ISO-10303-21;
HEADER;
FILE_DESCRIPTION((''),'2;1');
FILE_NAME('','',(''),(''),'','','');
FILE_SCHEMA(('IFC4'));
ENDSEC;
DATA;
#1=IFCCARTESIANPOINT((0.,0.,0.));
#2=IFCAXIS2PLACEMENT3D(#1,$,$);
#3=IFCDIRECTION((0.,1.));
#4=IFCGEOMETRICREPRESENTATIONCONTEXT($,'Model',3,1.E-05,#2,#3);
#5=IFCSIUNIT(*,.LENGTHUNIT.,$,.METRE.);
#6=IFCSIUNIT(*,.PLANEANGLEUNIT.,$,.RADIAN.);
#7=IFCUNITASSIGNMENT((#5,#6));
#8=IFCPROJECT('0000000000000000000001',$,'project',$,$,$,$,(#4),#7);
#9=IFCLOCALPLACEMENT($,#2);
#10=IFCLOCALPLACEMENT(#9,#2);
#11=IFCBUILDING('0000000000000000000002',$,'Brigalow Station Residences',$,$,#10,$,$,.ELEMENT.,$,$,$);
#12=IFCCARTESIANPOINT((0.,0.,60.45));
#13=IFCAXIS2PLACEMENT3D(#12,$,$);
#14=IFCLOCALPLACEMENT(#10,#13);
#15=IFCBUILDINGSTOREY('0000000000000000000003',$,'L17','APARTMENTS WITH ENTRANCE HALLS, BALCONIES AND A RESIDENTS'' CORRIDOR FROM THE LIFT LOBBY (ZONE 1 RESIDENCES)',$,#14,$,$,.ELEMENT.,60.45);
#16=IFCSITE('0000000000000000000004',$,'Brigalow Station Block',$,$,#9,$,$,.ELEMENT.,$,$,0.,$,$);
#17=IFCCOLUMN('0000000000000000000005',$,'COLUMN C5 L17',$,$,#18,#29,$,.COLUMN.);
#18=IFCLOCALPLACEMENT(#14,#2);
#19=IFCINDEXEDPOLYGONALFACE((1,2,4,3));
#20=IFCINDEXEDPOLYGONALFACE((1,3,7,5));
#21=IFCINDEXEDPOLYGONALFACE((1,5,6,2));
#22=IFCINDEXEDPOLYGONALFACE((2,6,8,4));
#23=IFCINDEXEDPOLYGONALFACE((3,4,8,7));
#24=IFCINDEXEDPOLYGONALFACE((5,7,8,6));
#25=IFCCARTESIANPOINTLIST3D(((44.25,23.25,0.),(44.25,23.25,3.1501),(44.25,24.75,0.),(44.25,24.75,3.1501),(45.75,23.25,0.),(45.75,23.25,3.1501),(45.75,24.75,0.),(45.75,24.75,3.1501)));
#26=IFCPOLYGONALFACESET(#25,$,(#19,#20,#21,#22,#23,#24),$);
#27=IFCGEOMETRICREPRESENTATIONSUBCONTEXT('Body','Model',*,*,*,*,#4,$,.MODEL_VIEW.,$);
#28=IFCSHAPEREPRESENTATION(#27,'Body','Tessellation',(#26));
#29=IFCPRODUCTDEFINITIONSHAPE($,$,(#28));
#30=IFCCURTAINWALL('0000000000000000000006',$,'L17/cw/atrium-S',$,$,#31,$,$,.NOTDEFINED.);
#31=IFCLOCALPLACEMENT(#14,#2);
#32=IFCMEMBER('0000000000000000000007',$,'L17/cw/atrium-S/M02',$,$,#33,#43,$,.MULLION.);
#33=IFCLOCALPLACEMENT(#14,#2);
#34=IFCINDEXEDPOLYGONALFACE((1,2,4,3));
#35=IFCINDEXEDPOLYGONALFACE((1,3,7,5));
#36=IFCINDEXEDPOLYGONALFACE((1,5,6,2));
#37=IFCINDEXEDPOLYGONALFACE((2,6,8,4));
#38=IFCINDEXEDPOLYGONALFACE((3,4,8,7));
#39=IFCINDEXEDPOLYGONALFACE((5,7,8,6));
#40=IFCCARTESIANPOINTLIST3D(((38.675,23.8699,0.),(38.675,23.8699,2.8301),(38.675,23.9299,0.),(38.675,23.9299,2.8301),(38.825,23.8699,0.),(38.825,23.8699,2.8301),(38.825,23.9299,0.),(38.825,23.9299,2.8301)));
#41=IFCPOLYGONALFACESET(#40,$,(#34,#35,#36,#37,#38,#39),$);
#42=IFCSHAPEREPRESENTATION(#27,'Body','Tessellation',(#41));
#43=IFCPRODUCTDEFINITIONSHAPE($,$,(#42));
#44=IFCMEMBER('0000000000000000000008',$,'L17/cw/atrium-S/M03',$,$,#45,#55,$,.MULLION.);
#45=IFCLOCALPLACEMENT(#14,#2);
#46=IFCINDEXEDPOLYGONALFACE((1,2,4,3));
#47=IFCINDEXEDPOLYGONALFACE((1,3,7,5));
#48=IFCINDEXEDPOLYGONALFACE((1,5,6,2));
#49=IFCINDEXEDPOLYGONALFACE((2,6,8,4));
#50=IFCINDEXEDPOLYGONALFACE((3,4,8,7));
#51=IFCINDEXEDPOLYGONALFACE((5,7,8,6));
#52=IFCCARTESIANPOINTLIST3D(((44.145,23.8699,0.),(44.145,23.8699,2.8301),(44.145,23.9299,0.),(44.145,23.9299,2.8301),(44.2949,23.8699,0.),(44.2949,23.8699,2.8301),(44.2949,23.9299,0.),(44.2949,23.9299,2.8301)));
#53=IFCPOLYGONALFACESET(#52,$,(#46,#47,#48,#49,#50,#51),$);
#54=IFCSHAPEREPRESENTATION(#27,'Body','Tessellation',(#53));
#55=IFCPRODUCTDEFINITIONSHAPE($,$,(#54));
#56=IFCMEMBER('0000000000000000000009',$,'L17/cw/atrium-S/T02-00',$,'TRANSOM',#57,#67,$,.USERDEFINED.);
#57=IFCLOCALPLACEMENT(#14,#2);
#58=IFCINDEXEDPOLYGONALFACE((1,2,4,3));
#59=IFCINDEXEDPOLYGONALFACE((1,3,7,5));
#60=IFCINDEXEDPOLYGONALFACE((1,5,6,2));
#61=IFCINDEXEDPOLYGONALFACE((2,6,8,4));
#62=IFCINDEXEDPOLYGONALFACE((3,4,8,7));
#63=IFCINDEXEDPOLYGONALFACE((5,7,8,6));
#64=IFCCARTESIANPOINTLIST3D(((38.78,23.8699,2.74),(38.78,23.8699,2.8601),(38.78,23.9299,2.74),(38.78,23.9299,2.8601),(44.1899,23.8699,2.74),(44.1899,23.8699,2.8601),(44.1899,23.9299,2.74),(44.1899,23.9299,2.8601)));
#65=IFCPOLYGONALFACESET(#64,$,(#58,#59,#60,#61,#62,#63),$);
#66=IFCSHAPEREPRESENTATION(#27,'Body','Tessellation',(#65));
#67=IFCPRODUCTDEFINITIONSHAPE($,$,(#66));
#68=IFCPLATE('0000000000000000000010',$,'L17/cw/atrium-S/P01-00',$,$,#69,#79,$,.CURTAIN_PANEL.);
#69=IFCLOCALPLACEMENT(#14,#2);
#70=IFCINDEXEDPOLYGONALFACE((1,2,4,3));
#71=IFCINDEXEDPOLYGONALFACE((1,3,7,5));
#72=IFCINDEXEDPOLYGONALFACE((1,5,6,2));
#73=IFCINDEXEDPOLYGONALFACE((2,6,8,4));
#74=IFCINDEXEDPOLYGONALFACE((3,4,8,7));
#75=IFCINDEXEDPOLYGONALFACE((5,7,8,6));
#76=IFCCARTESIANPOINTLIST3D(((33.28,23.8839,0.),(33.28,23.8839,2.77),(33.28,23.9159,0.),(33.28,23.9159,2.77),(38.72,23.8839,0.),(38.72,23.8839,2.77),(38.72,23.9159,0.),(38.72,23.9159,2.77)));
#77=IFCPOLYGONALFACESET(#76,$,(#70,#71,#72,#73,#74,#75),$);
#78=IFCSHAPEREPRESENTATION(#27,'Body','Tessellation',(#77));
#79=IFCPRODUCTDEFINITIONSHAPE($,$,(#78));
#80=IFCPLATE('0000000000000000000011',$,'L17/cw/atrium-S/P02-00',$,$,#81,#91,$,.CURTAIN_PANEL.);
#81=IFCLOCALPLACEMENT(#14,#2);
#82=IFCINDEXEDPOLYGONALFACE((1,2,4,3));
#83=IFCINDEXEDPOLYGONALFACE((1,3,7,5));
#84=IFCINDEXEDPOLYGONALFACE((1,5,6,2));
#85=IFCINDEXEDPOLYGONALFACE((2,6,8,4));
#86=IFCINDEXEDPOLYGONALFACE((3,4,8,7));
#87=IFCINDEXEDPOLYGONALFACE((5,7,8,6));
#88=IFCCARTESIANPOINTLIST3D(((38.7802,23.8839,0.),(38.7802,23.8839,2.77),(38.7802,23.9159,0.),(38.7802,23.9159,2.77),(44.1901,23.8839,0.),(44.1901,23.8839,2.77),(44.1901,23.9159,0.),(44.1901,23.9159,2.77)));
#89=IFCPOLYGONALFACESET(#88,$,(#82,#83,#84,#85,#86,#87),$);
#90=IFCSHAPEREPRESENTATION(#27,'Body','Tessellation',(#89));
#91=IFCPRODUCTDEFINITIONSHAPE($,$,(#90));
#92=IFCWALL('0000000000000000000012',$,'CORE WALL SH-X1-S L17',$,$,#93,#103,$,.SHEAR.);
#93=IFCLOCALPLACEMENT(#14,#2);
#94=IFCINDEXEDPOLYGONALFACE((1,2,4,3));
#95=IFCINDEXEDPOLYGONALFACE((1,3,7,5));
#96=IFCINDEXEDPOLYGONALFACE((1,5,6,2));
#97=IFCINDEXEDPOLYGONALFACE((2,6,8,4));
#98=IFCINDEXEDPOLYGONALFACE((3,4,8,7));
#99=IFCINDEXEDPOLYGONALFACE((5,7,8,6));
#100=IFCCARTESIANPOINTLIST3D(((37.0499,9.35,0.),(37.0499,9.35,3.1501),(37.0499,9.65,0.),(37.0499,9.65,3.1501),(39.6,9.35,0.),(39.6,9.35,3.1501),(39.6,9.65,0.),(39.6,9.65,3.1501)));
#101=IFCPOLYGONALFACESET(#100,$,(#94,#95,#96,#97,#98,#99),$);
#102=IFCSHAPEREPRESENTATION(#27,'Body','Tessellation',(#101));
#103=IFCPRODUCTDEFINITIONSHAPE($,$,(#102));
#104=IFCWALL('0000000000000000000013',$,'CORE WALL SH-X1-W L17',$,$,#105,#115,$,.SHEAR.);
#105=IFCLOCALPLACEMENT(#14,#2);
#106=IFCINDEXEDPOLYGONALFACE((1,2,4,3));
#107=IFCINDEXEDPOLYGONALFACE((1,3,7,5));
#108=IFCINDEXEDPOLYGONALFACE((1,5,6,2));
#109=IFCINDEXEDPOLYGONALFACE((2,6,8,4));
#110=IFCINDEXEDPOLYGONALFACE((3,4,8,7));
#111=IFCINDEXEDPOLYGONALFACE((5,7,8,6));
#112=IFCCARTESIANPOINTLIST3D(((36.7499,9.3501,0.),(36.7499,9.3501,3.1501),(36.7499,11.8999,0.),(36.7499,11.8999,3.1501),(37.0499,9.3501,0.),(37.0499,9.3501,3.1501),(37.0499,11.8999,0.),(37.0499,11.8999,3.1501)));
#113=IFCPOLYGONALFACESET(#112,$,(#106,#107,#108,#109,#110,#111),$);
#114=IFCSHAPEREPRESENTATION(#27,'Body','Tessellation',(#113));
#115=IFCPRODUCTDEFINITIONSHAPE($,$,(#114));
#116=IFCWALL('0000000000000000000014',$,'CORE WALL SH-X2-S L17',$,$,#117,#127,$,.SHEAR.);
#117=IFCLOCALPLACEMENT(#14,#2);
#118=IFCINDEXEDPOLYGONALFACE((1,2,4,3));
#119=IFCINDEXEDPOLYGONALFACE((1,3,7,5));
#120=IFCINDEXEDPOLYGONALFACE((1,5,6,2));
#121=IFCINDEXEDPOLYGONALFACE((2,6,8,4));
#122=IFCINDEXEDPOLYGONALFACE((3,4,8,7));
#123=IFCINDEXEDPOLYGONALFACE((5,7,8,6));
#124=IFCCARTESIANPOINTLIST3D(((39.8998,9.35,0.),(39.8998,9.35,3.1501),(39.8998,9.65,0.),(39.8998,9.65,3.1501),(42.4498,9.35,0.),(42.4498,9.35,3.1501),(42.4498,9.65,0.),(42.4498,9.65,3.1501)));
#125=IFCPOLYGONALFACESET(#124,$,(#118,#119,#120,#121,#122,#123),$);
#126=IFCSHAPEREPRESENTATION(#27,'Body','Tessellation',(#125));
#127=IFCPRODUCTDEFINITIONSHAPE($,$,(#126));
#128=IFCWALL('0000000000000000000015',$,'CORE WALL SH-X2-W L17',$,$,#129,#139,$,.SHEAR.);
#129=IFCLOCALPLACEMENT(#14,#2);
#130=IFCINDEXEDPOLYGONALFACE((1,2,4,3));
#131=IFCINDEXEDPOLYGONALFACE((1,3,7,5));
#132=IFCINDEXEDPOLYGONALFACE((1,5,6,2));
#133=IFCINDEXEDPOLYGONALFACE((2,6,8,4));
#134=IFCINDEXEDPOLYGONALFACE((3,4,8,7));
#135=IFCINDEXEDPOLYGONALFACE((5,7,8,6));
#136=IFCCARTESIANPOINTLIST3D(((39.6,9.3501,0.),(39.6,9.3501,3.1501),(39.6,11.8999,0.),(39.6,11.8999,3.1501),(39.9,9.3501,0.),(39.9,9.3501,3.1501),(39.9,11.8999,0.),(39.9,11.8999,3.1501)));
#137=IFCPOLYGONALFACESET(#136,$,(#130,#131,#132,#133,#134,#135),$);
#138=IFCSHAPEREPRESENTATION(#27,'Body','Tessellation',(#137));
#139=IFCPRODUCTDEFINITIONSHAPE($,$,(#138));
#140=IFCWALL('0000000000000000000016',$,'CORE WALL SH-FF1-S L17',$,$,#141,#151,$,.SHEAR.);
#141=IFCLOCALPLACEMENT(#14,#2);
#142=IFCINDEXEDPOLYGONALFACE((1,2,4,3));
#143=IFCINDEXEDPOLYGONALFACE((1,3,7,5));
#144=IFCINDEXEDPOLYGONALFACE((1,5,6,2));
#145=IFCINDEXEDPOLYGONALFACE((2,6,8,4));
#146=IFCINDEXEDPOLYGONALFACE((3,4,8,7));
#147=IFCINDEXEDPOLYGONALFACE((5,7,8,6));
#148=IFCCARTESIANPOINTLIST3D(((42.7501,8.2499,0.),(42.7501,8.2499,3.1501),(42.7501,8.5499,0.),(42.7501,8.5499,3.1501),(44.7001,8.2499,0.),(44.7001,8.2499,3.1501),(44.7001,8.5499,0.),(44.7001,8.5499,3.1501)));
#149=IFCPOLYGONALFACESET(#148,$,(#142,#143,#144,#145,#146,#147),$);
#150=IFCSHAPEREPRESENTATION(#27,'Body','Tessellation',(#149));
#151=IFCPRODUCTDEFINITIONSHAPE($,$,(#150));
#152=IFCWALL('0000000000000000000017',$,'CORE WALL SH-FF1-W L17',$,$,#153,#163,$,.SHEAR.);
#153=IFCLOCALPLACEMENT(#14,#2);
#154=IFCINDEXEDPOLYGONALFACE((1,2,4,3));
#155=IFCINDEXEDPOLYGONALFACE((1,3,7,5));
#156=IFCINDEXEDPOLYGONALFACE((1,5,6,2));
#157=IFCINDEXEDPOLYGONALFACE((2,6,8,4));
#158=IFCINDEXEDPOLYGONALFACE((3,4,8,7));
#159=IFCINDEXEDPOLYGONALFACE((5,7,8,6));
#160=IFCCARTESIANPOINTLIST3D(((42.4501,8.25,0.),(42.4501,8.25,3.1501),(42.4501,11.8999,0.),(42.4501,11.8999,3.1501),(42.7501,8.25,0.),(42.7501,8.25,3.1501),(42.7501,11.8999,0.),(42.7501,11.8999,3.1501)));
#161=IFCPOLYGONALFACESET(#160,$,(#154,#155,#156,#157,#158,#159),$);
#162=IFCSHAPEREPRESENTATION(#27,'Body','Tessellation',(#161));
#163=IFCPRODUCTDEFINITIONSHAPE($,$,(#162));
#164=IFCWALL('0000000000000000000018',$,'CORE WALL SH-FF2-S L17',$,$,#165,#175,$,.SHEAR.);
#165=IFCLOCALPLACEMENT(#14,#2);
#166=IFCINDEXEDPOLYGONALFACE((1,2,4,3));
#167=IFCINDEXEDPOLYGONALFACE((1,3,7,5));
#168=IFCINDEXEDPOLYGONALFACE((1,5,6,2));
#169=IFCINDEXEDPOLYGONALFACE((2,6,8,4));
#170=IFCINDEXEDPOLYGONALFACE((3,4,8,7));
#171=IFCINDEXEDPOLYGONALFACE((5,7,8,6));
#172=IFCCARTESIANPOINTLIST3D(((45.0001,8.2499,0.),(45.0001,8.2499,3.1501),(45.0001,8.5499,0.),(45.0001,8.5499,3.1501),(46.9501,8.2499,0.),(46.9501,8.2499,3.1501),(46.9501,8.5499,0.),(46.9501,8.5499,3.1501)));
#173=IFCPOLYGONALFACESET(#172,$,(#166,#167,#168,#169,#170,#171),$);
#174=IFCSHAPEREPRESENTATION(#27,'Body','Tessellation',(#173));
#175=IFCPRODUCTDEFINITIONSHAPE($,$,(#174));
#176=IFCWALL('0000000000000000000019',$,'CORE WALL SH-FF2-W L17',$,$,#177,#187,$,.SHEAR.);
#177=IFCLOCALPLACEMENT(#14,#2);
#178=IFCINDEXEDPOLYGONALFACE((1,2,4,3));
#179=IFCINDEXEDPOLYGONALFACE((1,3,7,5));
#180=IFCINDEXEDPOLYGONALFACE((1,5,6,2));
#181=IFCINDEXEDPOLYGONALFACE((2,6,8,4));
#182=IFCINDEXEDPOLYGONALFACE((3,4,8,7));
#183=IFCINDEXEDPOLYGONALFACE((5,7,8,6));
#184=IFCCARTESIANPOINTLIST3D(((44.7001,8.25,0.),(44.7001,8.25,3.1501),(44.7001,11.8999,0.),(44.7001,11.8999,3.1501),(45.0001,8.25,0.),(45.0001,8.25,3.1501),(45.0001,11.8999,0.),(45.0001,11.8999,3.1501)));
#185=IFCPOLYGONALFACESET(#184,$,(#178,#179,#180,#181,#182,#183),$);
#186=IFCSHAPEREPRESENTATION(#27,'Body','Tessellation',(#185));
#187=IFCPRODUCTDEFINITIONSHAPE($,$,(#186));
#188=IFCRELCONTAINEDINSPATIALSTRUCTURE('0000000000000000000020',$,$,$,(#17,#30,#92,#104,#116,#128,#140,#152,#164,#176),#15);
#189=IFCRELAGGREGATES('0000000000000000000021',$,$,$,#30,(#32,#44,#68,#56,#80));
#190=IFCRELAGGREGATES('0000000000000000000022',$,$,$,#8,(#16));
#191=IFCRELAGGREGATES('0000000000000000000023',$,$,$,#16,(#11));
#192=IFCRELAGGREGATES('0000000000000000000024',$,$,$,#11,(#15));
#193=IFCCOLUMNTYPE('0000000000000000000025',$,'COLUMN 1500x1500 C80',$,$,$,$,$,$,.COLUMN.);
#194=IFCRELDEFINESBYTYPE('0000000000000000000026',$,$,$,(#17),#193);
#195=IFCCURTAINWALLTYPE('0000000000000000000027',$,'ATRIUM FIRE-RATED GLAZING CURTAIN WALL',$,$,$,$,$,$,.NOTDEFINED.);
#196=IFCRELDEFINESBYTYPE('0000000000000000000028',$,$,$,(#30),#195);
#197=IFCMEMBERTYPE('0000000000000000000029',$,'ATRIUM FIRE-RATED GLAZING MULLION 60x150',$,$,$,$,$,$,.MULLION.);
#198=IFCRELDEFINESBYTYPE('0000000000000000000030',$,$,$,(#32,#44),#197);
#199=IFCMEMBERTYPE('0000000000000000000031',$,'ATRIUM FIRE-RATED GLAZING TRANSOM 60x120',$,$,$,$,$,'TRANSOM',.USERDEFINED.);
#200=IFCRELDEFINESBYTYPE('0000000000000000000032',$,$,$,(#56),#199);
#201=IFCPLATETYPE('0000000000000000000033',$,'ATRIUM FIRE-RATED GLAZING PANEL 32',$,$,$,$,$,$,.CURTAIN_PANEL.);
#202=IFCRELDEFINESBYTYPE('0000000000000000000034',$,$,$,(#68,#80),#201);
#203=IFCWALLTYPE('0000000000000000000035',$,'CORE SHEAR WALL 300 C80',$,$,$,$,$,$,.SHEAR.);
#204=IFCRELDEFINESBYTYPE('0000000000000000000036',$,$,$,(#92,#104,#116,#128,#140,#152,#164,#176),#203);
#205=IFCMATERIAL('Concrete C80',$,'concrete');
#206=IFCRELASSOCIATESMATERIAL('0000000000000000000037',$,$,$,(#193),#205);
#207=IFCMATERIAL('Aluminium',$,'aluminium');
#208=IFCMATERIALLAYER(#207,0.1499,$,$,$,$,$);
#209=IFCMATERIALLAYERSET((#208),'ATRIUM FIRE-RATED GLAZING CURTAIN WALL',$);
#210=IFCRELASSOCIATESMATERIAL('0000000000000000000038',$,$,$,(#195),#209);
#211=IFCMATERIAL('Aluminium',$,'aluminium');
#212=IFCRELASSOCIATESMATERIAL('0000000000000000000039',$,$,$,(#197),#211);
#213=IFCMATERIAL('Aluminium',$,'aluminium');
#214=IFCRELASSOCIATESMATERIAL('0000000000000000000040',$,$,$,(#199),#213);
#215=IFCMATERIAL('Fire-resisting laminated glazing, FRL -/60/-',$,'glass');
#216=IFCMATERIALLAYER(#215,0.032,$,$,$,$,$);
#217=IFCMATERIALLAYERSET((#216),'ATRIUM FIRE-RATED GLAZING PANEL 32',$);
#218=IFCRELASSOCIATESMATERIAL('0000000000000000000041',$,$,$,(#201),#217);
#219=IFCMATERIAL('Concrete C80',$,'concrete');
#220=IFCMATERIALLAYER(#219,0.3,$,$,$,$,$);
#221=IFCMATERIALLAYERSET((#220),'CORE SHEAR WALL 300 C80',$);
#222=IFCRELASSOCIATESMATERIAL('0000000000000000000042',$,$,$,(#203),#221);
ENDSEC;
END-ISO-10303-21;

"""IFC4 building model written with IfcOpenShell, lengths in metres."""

from ifc_helpers import new_model, si_unit, direction, frame, frame_2d, origin, origin_2d, place, context, subcontext, project, spatial, rectangle, extrude, material, layer, layer_set, material_profile, profile_set, type_object, element, aggregate, save


model = new_model("IFC4")

# Units and contexts
model_context = context("Model", 3, precision=1e-05, world=origin(), true_north=direction((0.0, 1.0)))
body_context = subcontext(model_context, "Body", "Model", "MODEL_VIEW")
ifc_project = project(units=[si_unit("LENGTHUNIT", "METRE"), si_unit("PLANEANGLEUNIT", "RADIAN")], contexts=[model_context])

# Site, building, storey
site_placement = place(None, origin())
site = spatial("IfcSite", under=ifc_project, at=site_placement, Name="Brigalow Station Block", CompositionType="ELEMENT", RefElevation=0.0)
building_placement = place(site_placement, origin())
building = spatial("IfcBuilding", under=site, at=building_placement, Name="Brigalow Station Residences", CompositionType="ELEMENT")
storey_placement = place(building_placement, frame((0.0, 0.0, 60.45)))
storey = spatial("IfcBuildingStorey", under=building, at=storey_placement, Name="L17", Description="APARTMENTS WITH ENTRANCE HALLS, BALCONIES AND A RESIDENTS' CORRIDOR FROM THE LIFT LOBBY (ZONE 1 RESIDENCES)", CompositionType="ELEMENT", Elevation=60.45)

# Column
ifc_material_1 = material(Name="Concrete C80", Category="concrete")
ifc_material_profile_1 = material_profile(ifc_material_1, rectangle(XDim=1.5, YDim=1.5, at=origin_2d()), Name="RC1500x1500")
ifc_profile_set_1 = profile_set([ifc_material_profile_1], Name="Concrete C80")
column_type = type_object("IfcColumnType", Name="COLUMN 1500x1500 C80", PredefinedType="COLUMN", material=ifc_profile_set_1)
column_placement = place(storey_placement, frame((45.0, 24.0, 0.0), z_axis=(0.0, 0.0, 1.0), x_axis=(1.0, 0.0, 0.0)))
element("IfcColumn", 1, at=column_placement, inside=storey, type_object=column_type, Name="COLUMN C5 L17", PredefinedType="COLUMN", context=body_context, shape_type="SweptSolid", body=[
    extrude(rectangle(XDim=1.5, YDim=1.5, at=origin_2d()), origin(), (0.0, 0.0, 1.0), 3.1501),
])

# Curtain wall, members, plates
ifc_material_2 = material(Name="Aluminium", Category="aluminium")
ifc_layer_1 = layer(ifc_material_2, 0.1499)
ifc_layer_set_1 = layer_set([ifc_layer_1], Name="ATRIUM FIRE-RATED GLAZING CURTAIN WALL")
curtain_wall_type = type_object("IfcCurtainWallType", Name="ATRIUM FIRE-RATED GLAZING CURTAIN WALL", PredefinedType="NOTDEFINED", material=ifc_layer_set_1)
curtain_wall_placement = place(storey_placement, origin())
curtain_wall = element("IfcCurtainWall", 2, at=curtain_wall_placement, inside=storey, type_object=curtain_wall_type, Name="L17/cw/atrium-S", PredefinedType="NOTDEFINED")
ifc_material_3 = material(Name="Aluminium", Category="aluminium")
ifc_material_profile_2 = material_profile(ifc_material_3, rectangle(XDim=0.0601, YDim=0.1499, at=origin_2d()), Name="ATRIUM FIRE-RATED GLAZING MULLION 60x150")
ifc_profile_set_2 = profile_set([ifc_material_profile_2], Name="Aluminium")
member_type_1 = type_object("IfcMemberType", Name="ATRIUM FIRE-RATED GLAZING MULLION 60x150", PredefinedType="MULLION", material=ifc_profile_set_2)
member_1_placement = place(storey_placement, frame((38.75, 23.8999, 0.0), z_axis=(0.0, 0.0, 1.0), x_axis=(0.0, 1.0, 0.0)))
member_1 = element("IfcMember", 3, at=member_1_placement, type_object=member_type_1, Name="L17/cw/atrium-S/M02", PredefinedType="MULLION", context=body_context, shape_type="SweptSolid", body=[
    extrude(rectangle(XDim=0.0601, YDim=0.1499, at=origin_2d()), origin(), (0.0, 0.0, 1.0), 2.8301),
])
member_2_placement = place(storey_placement, frame((44.22, 23.8999, 0.0), z_axis=(0.0, 0.0, 1.0), x_axis=(0.0, 1.0, 0.0)))
member_2 = element("IfcMember", 4, at=member_2_placement, type_object=member_type_1, Name="L17/cw/atrium-S/M03", PredefinedType="MULLION", context=body_context, shape_type="SweptSolid", body=[
    extrude(rectangle(XDim=0.0601, YDim=0.1499, at=origin_2d()), origin(), (0.0, 0.0, 1.0), 2.8301),
])
ifc_material_4 = material(Name="Aluminium", Category="aluminium")
ifc_material_profile_3 = material_profile(ifc_material_4, rectangle(XDim=0.0601, YDim=0.1201, at=origin_2d()), Name="ATRIUM FIRE-RATED GLAZING TRANSOM 60x120")
ifc_profile_set_3 = profile_set([ifc_material_profile_3], Name="Aluminium")
member_type_2 = type_object("IfcMemberType", Name="ATRIUM FIRE-RATED GLAZING TRANSOM 60x120", ElementType="TRANSOM", PredefinedType="USERDEFINED", material=ifc_profile_set_3)
member_3_placement = place(storey_placement, frame((38.78, 23.8999, 2.8), z_axis=(1.0, 0.0, 0.0), x_axis=(0.0, 1.0, 0.0)))
member_3 = element("IfcMember", 5, at=member_3_placement, type_object=member_type_2, Name="L17/cw/atrium-S/T02-00", ObjectType="TRANSOM", PredefinedType="USERDEFINED", context=body_context, shape_type="SweptSolid", body=[
    extrude(rectangle(XDim=0.0601, YDim=0.1201, at=origin_2d()), origin(), (0.0, 0.0, 1.0), 5.4099),
])
ifc_material_5 = material(Name="Fire-resisting laminated glazing, FRL -/60/-", Category="glass")
ifc_layer_2 = layer(ifc_material_5, 0.032)
ifc_layer_set_2 = layer_set([ifc_layer_2], Name="ATRIUM FIRE-RATED GLAZING PANEL 32")
plate_type = type_object("IfcPlateType", Name="ATRIUM FIRE-RATED GLAZING PANEL 32", PredefinedType="CURTAIN_PANEL", material=ifc_layer_set_2)
plate_1_placement = place(storey_placement, frame((36.0, 23.8999, 0.0), z_axis=(0.0, 0.0, 1.0), x_axis=(1.0, 0.0, 0.0)))
plate_1 = element("IfcPlate", 6, at=plate_1_placement, type_object=plate_type, Name="L17/cw/atrium-S/P01-00", PredefinedType="CURTAIN_PANEL", context=body_context, shape_type="SweptSolid", body=[
    extrude(rectangle(XDim=5.4399, YDim=0.032, at=origin_2d()), origin(), (0.0, 0.0, 1.0), 2.77),
])
plate_2_placement = place(storey_placement, frame((41.4851, 23.8999, 0.0), z_axis=(0.0, 0.0, 1.0), x_axis=(1.0, 0.0, 0.0)))
plate_2 = element("IfcPlate", 7, at=plate_2_placement, type_object=plate_type, Name="L17/cw/atrium-S/P02-00", PredefinedType="CURTAIN_PANEL", context=body_context, shape_type="SweptSolid", body=[
    extrude(rectangle(XDim=5.4099, YDim=0.032, at=origin_2d()), origin(), (0.0, 0.0, 1.0), 2.77),
])
aggregate(curtain_wall, [member_1, member_2, plate_1, member_3, plate_2])

# Walls
ifc_material_6 = material(Name="Concrete C80", Category="concrete")
ifc_layer_3 = layer(ifc_material_6, 0.3)
ifc_layer_set_3 = layer_set([ifc_layer_3], Name="CORE SHEAR WALL 300 C80")
wall_type_1 = type_object("IfcWallType", Name="CORE SHEAR WALL 300 C80", PredefinedType="SHEAR", material=ifc_layer_set_3)
wall_1_placement = place(storey_placement, frame((37.05, 9.5, 0.0), z_axis=(0.0, 0.0, 1.0), x_axis=(1.0, 0.0, 0.0)))
element("IfcWall", 8, at=wall_1_placement, inside=storey, type_object=wall_type_1, Name="CORE WALL SH-X1-S L17", PredefinedType="SHEAR", context=body_context, shape_type="SweptSolid", body=[
    extrude(rectangle(XDim=2.55, YDim=0.3, at=frame_2d((1.2749, 0.0))), origin(), (0.0, 0.0, 1.0), 3.1501),
])
wall_2_placement = place(storey_placement, frame((36.8999, 9.3501, 0.0), z_axis=(0.0, 0.0, 1.0), x_axis=(0.0, 1.0, 0.0)))
element("IfcWall", 9, at=wall_2_placement, inside=storey, type_object=wall_type_1, Name="CORE WALL SH-X1-W L17", PredefinedType="SHEAR", context=body_context, shape_type="SweptSolid", body=[
    extrude(rectangle(XDim=2.5498, YDim=0.3, at=frame_2d((1.2749, 0.0))), origin(), (0.0, 0.0, 1.0), 3.1501),
])
wall_3_placement = place(storey_placement, frame((39.8999, 9.5, 0.0), z_axis=(0.0, 0.0, 1.0), x_axis=(1.0, 0.0, 0.0)))
element("IfcWall", 10, at=wall_3_placement, inside=storey, type_object=wall_type_1, Name="CORE WALL SH-X2-S L17", PredefinedType="SHEAR", context=body_context, shape_type="SweptSolid", body=[
    extrude(rectangle(XDim=2.55, YDim=0.3, at=frame_2d((1.2749, 0.0))), origin(), (0.0, 0.0, 1.0), 3.1501),
])
wall_4_placement = place(storey_placement, frame((39.75, 9.3501, 0.0), z_axis=(0.0, 0.0, 1.0), x_axis=(0.0, 1.0, 0.0)))
element("IfcWall", 11, at=wall_4_placement, inside=storey, type_object=wall_type_1, Name="CORE WALL SH-X2-W L17", PredefinedType="SHEAR", context=body_context, shape_type="SweptSolid", body=[
    extrude(rectangle(XDim=2.5498, YDim=0.3, at=frame_2d((1.2749, 0.0))), origin(), (0.0, 0.0, 1.0), 3.1501),
])
wall_5_placement = place(storey_placement, frame((42.75, 8.3999, 0.0), z_axis=(0.0, 0.0, 1.0), x_axis=(1.0, 0.0, 0.0)))
element("IfcWall", 12, at=wall_5_placement, inside=storey, type_object=wall_type_1, Name="CORE WALL SH-FF1-S L17", PredefinedType="SHEAR", context=body_context, shape_type="SweptSolid", body=[
    extrude(rectangle(XDim=1.95, YDim=0.3, at=frame_2d((0.9751, 0.0))), origin(), (0.0, 0.0, 1.0), 3.1501),
])
wall_6_placement = place(storey_placement, frame((42.6001, 8.25, 0.0), z_axis=(0.0, 0.0, 1.0), x_axis=(0.0, 1.0, 0.0)))
element("IfcWall", 13, at=wall_6_placement, inside=storey, type_object=wall_type_1, Name="CORE WALL SH-FF1-W L17", PredefinedType="SHEAR", context=body_context, shape_type="SweptSolid", body=[
    extrude(rectangle(XDim=3.6499, YDim=0.3, at=frame_2d((1.825, 0.0))), origin(), (0.0, 0.0, 1.0), 3.1501),
])
wall_7_placement = place(storey_placement, frame((45.0, 8.3999, 0.0), z_axis=(0.0, 0.0, 1.0), x_axis=(1.0, 0.0, 0.0)))
element("IfcWall", 14, at=wall_7_placement, inside=storey, type_object=wall_type_1, Name="CORE WALL SH-FF2-S L17", PredefinedType="SHEAR", context=body_context, shape_type="SweptSolid", body=[
    extrude(rectangle(XDim=1.95, YDim=0.3, at=frame_2d((0.9751, 0.0))), origin(), (0.0, 0.0, 1.0), 3.1501),
])
wall_8_placement = place(storey_placement, frame((44.8501, 8.25, 0.0), z_axis=(0.0, 0.0, 1.0), x_axis=(0.0, 1.0, 0.0)))
element("IfcWall", 15, at=wall_8_placement, inside=storey, type_object=wall_type_1, Name="CORE WALL SH-FF2-W L17", PredefinedType="SHEAR", context=body_context, shape_type="SweptSolid", body=[
    extrude(rectangle(XDim=3.6499, YDim=0.3, at=frame_2d((1.825, 0.0))), origin(), (0.0, 0.0, 1.0), 3.1501),
])

save(model, "model.ifc")
